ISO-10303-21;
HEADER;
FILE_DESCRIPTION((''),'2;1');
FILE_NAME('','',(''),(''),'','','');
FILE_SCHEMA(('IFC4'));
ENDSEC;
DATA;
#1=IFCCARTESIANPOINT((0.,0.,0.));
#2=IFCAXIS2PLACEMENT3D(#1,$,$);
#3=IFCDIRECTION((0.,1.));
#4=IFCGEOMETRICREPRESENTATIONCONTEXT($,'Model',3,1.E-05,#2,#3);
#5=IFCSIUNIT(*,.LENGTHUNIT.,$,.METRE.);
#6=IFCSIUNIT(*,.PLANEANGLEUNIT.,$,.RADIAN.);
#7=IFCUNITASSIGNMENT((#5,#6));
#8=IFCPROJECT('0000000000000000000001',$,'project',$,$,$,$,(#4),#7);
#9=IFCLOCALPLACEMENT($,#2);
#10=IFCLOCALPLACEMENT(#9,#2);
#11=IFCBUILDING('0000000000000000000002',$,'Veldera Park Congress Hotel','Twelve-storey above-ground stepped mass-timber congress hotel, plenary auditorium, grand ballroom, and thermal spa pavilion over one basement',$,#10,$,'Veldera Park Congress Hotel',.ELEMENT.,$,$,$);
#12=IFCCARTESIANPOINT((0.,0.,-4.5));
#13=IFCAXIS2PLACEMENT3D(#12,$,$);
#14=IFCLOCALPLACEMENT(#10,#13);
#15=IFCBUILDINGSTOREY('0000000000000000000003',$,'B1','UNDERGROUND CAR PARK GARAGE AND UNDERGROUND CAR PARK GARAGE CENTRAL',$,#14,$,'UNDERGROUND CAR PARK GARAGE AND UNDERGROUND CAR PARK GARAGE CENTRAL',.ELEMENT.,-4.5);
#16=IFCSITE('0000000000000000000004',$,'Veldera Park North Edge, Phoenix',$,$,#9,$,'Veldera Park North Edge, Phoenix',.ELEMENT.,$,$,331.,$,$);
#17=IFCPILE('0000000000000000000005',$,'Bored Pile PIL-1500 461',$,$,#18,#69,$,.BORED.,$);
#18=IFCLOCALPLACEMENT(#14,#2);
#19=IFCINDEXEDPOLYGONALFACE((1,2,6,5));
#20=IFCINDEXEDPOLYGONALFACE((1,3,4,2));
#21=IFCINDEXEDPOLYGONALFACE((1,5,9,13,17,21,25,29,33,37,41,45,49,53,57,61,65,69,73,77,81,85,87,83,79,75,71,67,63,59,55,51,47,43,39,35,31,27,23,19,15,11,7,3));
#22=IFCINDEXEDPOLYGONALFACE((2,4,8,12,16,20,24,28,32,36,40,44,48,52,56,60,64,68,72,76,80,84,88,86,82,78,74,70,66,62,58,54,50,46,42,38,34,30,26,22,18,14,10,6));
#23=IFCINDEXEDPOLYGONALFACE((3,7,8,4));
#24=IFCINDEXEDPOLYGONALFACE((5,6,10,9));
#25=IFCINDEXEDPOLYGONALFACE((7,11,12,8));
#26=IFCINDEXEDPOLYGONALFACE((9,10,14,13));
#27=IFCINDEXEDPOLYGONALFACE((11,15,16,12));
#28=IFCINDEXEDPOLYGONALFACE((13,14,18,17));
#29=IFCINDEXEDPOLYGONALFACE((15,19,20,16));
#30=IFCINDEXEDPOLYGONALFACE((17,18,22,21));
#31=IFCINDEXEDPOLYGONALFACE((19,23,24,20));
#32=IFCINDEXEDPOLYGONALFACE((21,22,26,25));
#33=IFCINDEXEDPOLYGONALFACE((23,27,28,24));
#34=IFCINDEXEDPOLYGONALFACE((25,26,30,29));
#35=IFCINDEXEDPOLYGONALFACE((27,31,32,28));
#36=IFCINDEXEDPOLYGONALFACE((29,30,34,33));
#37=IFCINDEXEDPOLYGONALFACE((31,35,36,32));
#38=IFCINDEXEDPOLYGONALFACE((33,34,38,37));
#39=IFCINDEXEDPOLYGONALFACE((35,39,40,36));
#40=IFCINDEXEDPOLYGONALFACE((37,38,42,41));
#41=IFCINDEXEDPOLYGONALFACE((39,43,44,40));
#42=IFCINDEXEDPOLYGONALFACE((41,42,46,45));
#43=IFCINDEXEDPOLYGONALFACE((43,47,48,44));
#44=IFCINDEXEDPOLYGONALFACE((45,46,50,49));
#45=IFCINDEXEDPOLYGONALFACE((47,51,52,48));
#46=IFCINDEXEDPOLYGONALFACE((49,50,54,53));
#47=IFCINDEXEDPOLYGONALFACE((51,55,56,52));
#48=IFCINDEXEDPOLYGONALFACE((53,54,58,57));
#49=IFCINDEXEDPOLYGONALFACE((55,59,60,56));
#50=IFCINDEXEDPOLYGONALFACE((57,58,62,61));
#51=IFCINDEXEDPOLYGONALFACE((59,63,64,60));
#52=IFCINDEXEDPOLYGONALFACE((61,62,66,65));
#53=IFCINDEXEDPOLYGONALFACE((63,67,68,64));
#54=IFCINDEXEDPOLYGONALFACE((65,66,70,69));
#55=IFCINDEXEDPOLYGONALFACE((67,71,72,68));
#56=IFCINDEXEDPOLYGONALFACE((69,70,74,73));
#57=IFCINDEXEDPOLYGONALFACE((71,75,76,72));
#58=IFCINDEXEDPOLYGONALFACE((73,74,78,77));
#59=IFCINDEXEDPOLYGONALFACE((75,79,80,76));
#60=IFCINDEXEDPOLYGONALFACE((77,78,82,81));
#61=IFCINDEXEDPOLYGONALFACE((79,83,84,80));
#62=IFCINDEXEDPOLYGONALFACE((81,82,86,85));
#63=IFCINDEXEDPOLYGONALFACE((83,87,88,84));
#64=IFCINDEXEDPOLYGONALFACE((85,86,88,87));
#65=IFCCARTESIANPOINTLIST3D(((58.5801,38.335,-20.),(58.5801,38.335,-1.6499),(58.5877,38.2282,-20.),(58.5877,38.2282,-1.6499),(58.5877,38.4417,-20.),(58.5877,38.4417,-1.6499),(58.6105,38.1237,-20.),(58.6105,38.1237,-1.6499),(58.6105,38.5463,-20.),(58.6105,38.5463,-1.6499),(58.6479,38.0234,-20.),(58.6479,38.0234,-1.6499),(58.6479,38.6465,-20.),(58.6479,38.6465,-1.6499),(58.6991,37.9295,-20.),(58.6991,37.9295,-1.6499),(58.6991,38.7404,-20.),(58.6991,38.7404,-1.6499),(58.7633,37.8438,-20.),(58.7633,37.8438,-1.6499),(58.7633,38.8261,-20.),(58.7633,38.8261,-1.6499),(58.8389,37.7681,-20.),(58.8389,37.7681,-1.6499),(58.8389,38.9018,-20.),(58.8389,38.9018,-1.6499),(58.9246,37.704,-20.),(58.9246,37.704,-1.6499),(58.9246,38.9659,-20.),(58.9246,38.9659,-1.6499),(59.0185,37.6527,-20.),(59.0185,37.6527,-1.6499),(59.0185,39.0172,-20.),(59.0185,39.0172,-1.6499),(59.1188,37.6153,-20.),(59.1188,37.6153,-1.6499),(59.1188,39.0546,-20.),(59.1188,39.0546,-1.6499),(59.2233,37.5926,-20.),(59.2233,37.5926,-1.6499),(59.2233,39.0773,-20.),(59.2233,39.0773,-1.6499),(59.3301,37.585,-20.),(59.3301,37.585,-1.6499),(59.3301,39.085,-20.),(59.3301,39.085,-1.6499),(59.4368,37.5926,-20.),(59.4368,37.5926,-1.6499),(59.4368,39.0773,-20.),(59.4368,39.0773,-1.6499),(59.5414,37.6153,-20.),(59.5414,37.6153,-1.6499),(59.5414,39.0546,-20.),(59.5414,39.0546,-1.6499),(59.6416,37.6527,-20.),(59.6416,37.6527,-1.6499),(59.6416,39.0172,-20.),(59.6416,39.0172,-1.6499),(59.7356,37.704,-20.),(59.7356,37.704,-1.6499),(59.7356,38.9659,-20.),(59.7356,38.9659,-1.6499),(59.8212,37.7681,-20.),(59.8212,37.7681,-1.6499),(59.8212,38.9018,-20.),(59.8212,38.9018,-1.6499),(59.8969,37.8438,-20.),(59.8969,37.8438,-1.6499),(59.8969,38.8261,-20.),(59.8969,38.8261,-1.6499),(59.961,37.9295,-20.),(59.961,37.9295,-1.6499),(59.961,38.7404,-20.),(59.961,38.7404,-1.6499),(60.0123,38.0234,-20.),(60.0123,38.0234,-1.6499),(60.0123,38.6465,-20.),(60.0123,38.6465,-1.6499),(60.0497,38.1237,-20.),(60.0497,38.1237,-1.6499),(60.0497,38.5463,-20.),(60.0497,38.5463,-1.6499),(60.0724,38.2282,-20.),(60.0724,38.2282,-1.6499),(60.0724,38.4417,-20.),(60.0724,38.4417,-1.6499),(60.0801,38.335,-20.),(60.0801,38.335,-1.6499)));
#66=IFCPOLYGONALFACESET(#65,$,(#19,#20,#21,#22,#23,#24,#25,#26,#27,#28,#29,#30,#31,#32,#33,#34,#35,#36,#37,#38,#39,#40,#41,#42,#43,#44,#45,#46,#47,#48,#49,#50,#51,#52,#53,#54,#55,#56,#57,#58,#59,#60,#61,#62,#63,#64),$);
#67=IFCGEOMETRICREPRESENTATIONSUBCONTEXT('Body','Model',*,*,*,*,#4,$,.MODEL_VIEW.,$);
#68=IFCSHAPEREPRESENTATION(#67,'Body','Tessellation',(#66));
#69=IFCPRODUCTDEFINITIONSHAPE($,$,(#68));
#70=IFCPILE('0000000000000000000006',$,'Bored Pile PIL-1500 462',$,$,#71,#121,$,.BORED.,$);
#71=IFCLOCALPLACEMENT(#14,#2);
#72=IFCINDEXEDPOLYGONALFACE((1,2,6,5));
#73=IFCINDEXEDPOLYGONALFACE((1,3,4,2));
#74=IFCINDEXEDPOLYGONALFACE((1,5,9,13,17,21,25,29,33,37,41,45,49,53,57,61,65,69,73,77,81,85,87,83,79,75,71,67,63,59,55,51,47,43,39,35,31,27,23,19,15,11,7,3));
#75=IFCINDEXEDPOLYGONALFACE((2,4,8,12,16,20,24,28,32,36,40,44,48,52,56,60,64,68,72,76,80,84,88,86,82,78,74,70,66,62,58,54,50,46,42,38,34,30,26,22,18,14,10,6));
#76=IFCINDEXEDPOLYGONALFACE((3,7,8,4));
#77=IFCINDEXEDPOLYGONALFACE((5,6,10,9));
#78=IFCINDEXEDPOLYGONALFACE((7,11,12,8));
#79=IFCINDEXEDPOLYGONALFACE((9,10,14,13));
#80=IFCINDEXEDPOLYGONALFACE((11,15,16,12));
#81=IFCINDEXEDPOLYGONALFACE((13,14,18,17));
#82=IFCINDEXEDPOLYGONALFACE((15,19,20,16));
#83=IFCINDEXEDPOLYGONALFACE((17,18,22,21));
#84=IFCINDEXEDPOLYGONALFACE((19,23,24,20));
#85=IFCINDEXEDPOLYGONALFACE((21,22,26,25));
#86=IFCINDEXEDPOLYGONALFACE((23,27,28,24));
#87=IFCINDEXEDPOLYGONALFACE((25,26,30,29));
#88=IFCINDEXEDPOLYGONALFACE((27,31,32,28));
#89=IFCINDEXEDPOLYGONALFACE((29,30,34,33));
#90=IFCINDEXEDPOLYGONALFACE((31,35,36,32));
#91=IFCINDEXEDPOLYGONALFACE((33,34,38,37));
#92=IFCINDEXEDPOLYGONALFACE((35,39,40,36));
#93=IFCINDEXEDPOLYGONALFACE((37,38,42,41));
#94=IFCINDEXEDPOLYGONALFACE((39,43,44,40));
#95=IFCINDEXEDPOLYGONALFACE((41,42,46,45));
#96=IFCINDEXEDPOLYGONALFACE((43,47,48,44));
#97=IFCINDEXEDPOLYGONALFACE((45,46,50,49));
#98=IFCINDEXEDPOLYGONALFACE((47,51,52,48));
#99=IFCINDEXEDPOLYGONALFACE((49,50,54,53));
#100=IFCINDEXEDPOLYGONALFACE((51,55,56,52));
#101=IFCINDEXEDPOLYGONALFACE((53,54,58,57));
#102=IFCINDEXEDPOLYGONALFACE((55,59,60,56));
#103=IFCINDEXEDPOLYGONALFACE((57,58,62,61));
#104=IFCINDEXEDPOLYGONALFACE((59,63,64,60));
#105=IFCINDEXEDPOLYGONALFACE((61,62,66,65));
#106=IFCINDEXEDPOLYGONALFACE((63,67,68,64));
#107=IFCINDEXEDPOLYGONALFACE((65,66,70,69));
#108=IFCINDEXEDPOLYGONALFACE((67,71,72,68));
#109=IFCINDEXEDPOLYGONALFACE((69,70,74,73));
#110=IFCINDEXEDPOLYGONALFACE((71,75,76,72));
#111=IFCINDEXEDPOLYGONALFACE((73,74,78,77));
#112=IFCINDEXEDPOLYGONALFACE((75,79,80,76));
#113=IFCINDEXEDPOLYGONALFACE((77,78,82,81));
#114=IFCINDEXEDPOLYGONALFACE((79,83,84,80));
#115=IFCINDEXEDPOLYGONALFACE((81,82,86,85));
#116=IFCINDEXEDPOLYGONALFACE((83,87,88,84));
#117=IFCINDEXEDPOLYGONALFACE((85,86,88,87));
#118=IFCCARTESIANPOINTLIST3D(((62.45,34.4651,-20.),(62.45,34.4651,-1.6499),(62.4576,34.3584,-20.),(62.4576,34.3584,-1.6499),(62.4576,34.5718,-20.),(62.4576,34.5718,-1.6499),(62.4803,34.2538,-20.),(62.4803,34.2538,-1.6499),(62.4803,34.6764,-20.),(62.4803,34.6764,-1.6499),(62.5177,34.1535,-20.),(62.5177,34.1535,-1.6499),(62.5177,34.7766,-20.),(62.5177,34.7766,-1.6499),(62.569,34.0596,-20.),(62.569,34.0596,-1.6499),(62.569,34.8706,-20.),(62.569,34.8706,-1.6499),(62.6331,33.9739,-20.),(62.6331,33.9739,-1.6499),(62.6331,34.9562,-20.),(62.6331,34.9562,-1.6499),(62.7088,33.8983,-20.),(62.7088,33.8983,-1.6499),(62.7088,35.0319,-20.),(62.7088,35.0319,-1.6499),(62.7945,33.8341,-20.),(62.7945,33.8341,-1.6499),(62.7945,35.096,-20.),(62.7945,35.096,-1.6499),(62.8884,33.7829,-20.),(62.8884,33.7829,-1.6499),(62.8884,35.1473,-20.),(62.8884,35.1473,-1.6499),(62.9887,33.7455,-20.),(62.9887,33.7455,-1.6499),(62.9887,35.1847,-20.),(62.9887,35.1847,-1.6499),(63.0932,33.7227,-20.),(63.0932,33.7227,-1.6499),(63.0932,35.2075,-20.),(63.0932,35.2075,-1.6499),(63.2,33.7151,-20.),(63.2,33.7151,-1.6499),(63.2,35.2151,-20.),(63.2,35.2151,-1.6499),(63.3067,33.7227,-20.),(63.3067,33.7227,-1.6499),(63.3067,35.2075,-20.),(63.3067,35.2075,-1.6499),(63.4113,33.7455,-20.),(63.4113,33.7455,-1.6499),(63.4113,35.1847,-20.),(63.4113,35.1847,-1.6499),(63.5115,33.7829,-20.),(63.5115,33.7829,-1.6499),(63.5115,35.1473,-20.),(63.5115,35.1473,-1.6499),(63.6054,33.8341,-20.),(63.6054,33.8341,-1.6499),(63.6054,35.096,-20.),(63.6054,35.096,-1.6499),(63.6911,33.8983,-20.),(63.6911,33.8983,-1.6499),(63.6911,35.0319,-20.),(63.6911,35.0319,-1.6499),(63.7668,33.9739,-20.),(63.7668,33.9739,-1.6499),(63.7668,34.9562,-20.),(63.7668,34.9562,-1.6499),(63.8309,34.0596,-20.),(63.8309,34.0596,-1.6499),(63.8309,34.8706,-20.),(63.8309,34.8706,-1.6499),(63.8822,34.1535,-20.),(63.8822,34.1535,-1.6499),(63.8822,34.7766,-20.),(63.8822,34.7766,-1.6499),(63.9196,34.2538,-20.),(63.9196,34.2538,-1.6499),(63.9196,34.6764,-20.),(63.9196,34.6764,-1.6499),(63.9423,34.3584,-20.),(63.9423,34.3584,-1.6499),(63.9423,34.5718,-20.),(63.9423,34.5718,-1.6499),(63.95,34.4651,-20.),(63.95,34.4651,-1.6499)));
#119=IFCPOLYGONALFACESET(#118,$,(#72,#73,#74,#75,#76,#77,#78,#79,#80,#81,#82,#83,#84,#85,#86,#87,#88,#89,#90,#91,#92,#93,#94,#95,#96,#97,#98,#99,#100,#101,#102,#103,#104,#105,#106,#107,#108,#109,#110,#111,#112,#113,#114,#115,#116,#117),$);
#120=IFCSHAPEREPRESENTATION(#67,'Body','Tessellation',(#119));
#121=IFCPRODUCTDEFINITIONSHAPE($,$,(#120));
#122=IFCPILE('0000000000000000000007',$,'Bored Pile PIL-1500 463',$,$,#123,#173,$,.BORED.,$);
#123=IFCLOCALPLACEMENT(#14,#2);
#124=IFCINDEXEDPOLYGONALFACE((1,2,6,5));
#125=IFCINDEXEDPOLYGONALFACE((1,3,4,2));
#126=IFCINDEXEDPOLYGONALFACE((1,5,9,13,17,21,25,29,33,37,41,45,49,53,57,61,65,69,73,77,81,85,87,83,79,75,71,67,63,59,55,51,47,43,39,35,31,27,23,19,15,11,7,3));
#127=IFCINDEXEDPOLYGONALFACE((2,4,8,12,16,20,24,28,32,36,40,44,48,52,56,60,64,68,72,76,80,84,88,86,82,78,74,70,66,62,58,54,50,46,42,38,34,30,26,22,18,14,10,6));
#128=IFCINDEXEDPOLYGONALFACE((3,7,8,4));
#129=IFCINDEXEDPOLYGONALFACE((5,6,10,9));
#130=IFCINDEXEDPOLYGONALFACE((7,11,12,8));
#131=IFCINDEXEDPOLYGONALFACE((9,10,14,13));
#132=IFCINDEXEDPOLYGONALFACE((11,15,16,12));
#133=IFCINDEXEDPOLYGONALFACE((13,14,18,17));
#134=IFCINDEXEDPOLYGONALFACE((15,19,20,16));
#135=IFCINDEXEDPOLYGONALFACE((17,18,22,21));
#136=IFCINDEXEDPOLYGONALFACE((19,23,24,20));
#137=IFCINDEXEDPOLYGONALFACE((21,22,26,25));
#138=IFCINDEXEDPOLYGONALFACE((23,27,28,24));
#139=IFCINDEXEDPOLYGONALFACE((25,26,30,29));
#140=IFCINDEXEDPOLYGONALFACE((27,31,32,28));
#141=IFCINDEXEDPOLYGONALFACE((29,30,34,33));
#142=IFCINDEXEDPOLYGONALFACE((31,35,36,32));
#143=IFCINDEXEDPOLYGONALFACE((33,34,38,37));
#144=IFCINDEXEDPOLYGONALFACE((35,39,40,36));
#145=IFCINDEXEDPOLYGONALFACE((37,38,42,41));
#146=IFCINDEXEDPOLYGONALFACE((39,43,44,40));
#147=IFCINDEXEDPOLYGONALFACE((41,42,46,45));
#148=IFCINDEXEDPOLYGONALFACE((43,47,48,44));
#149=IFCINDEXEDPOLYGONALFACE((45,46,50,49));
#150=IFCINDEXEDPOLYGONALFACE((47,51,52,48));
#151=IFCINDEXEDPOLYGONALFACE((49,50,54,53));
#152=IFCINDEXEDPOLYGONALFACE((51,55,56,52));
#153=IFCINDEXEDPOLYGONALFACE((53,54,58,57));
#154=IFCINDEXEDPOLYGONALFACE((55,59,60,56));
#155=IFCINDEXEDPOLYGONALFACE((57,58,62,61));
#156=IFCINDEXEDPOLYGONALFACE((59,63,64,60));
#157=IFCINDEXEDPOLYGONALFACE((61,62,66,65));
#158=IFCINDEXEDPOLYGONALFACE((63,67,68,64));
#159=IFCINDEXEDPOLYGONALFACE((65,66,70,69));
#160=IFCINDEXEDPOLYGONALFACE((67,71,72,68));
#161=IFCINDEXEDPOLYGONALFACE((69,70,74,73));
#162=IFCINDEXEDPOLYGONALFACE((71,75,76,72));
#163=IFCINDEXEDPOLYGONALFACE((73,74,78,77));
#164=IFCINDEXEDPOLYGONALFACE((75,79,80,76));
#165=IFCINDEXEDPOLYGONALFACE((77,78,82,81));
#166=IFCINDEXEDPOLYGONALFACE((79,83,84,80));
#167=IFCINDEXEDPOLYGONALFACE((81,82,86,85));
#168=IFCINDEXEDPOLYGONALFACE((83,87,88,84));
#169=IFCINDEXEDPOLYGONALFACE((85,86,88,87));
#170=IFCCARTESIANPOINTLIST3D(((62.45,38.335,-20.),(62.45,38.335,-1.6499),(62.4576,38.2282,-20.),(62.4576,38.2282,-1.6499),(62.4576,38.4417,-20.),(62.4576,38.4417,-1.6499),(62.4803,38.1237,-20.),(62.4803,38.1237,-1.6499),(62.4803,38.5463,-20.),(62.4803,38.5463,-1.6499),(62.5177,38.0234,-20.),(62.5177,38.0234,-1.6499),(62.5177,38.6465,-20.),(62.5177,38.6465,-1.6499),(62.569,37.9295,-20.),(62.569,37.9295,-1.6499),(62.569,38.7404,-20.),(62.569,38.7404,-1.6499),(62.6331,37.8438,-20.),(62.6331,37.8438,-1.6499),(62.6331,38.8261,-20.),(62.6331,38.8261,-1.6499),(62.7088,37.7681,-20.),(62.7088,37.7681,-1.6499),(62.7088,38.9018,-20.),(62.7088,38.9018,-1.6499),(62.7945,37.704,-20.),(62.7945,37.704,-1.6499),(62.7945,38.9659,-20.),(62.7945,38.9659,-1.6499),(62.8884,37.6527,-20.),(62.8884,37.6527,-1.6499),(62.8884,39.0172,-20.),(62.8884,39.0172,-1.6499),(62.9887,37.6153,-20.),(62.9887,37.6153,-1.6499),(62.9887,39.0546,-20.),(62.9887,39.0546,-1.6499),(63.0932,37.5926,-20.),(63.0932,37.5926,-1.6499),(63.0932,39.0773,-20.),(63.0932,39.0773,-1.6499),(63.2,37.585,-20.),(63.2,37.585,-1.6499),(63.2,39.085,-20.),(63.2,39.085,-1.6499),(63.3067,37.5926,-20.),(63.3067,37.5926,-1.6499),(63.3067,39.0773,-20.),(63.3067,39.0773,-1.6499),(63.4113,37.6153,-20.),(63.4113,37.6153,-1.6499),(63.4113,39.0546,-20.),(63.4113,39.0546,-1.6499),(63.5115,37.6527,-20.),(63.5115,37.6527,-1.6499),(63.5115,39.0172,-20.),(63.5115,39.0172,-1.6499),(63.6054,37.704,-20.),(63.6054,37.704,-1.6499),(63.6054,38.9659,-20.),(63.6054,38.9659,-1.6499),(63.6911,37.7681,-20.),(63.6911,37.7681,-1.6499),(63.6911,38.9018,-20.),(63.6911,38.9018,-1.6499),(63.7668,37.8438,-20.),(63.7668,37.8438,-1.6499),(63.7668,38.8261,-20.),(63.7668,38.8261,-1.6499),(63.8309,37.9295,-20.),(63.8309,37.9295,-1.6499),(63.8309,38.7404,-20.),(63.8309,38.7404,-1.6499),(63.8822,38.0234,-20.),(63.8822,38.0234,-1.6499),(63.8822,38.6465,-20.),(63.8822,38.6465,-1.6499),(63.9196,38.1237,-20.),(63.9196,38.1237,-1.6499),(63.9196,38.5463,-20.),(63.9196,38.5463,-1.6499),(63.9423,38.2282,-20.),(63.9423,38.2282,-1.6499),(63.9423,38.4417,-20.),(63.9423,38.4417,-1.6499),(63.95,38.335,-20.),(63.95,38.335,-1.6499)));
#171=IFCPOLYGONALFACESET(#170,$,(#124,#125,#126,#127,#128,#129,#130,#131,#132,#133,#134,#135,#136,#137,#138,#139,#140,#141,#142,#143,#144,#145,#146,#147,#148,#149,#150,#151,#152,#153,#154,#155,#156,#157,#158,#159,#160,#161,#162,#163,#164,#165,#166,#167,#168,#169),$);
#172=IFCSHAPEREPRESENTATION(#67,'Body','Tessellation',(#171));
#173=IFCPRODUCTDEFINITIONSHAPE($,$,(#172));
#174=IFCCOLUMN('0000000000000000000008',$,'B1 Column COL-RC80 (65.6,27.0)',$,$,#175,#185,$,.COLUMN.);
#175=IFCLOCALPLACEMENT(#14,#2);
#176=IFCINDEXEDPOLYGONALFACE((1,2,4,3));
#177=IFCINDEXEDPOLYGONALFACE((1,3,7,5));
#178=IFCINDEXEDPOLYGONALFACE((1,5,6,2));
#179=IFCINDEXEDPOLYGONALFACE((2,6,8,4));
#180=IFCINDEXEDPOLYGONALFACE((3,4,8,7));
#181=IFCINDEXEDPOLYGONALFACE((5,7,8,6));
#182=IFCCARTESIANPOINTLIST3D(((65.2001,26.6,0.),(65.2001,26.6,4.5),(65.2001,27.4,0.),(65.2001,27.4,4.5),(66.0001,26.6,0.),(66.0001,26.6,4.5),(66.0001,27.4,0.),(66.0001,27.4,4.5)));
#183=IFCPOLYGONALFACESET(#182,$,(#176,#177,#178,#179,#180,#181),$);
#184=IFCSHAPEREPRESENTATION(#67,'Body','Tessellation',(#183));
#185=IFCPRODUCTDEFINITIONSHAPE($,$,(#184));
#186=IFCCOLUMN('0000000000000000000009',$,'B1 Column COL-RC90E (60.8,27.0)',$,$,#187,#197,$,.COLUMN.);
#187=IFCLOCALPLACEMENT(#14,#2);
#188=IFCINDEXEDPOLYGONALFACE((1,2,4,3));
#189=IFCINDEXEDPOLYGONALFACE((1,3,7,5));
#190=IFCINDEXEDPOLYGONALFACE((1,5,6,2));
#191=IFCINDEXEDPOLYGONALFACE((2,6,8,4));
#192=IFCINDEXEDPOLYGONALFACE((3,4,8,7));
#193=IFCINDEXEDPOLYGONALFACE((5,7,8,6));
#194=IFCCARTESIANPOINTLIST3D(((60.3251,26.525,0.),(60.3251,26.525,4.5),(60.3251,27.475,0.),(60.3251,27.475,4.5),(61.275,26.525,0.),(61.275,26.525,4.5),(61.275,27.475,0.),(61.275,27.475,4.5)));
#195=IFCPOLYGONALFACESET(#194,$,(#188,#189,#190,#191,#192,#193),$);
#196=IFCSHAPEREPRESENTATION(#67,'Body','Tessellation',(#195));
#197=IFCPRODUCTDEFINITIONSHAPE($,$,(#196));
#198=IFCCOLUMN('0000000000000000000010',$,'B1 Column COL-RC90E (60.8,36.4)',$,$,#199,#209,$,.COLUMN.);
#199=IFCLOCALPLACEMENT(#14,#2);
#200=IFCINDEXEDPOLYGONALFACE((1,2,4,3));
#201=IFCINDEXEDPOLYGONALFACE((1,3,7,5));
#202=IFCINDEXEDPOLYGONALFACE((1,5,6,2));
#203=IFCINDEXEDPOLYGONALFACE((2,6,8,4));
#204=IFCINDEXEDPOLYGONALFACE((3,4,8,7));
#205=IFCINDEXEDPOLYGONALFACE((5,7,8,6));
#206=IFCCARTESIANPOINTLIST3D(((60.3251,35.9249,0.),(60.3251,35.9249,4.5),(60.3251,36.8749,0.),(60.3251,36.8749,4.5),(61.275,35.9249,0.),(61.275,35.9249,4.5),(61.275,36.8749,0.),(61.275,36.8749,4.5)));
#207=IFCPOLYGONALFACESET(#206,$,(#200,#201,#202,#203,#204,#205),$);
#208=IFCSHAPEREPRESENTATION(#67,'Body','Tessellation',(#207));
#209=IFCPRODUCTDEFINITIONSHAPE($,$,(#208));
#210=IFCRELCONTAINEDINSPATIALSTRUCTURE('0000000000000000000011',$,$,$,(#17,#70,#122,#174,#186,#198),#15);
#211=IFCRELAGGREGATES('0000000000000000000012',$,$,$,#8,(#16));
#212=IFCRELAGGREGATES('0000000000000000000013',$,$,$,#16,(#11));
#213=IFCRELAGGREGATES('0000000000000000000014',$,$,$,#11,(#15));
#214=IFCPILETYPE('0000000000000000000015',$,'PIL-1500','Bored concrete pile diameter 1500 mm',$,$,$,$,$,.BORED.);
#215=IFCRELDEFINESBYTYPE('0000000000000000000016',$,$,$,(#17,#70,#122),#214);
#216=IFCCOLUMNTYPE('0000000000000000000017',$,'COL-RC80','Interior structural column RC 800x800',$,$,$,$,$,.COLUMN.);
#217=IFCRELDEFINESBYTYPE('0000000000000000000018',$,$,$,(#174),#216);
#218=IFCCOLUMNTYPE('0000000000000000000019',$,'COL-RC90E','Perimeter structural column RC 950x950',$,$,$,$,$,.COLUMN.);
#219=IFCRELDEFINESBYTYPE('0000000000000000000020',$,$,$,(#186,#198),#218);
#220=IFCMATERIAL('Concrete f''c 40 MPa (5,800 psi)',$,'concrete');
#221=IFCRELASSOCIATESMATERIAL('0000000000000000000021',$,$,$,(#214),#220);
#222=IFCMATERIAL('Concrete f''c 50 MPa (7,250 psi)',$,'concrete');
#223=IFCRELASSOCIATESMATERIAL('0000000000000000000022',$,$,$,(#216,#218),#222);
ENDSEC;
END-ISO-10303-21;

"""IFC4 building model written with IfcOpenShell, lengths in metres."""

from ifc_helpers import new_model, si_unit, direction, frame, origin, origin_2d, place, context, subcontext, project, spatial, rectangle, circle, extrude, material, material_profile, profile_set, type_object, element, save


model = new_model("IFC4")

# Units and contexts
model_context = context("Model", 3, precision=1e-05, world=origin(), true_north=direction((0.0, 1.0)))
body_context = subcontext(model_context, "Body", "Model", "MODEL_VIEW")
ifc_project = project(units=[si_unit("LENGTHUNIT", "METRE"), si_unit("PLANEANGLEUNIT", "RADIAN")], contexts=[model_context])

# Site, building, storey
site_placement = place(None, origin())
site = spatial("IfcSite", under=ifc_project, at=site_placement, Name="Veldera Park North Edge, Phoenix", LongName="Veldera Park North Edge, Phoenix", CompositionType="ELEMENT", RefElevation=331.0)
building_placement = place(site_placement, origin())
building = spatial("IfcBuilding", under=site, at=building_placement, Name="Veldera Park Congress Hotel", Description="Twelve-storey above-ground stepped mass-timber congress hotel, plenary auditorium, grand ballroom, and thermal spa pavilion over one basement", LongName="Veldera Park Congress Hotel", CompositionType="ELEMENT")
storey_placement = place(building_placement, frame((0.0, 0.0, -4.5)))
storey = spatial("IfcBuildingStorey", under=building, at=storey_placement, Name="B1", Description="UNDERGROUND CAR PARK GARAGE AND UNDERGROUND CAR PARK GARAGE CENTRAL", LongName="UNDERGROUND CAR PARK GARAGE AND UNDERGROUND CAR PARK GARAGE CENTRAL", CompositionType="ELEMENT", Elevation=-4.5)

# Shared definitions
ifc_material_1 = material(Name="Concrete f'c 40 MPa (5,800 psi)", Category="concrete")

# Piles
ifc_material_profile_1 = material_profile(ifc_material_1, circle(Radius=0.75, at=origin_2d()), Name="PILE D1500")
ifc_profile_set_1 = profile_set([ifc_material_profile_1], Name="Concrete f'c 40 MPa (5,800 psi)")
pile_type = type_object("IfcPileType", Name="PIL-1500", Description="Bored concrete pile diameter 1500 mm", PredefinedType="BORED", material=ifc_profile_set_1)
for number, where, z_axis, x_axis, name in (
    (1, (59.3301, 38.335, -1.6499), (0.0, 0.0, -1.0), (1.0, 0.0, 0.0), "Bored Pile PIL-1500 461"),
    (2, (63.2, 34.4651, -1.6499), (0.0, 0.0, -1.0), (1.0, 0.0, 0.0), "Bored Pile PIL-1500 462"),
    (3, (63.2, 38.335, -1.6499), (0.0, 0.0, -1.0), (1.0, 0.0, 0.0), "Bored Pile PIL-1500 463"),
):
    element("IfcPile", number, at=place(storey_placement, frame(where, z_axis=z_axis, x_axis=x_axis)), inside=storey, type_object=pile_type, Name=name, PredefinedType="BORED", context=body_context, shape_type="SweptSolid", body=[
        extrude(circle(Radius=0.75, at=origin_2d()), origin(), (0.0, 0.0, 1.0), 18.3501),
    ])

# Columns
ifc_material_2 = material(Name="Concrete f'c 50 MPa (7,250 psi)", Category="concrete")
ifc_material_profile_2 = material_profile(ifc_material_2, rectangle(XDim=0.8, YDim=0.8, at=origin_2d()), Name="RC 800x800")
ifc_profile_set_2 = profile_set([ifc_material_profile_2], Name="Concrete f'c 50 MPa (7,250 psi)")
column_type_1 = type_object("IfcColumnType", Name="COL-RC80", Description="Interior structural column RC 800x800", PredefinedType="COLUMN", material=ifc_profile_set_2)
column_placement = place(storey_placement, frame((65.6001, 27.0, 0.0), z_axis=(0.0, 0.0, 1.0), x_axis=(1.0, 0.0, 0.0)))
element("IfcColumn", 4, at=column_placement, inside=storey, type_object=column_type_1, Name="B1 Column COL-RC80 (65.6,27.0)", PredefinedType="COLUMN", context=body_context, shape_type="SweptSolid", body=[
    extrude(rectangle(XDim=0.8, YDim=0.8, at=origin_2d()), origin(), (0.0, 0.0, 1.0), 4.5),
])
ifc_material_profile_3 = material_profile(ifc_material_2, rectangle(XDim=0.95, YDim=0.95, at=origin_2d()), Name="RC 950x950")
ifc_profile_set_3 = profile_set([ifc_material_profile_3], Name="Concrete f'c 50 MPa (7,250 psi)")
column_type_2 = type_object("IfcColumnType", Name="COL-RC90E", Description="Perimeter structural column RC 950x950", PredefinedType="COLUMN", material=ifc_profile_set_3)
for number, where, z_axis, x_axis, name in (
    (5, (60.8, 27.0, 0.0), (0.0, 0.0, 1.0), (1.0, 0.0, 0.0), "B1 Column COL-RC90E (60.8,27.0)"),
    (6, (60.8, 36.3999, 0.0), (0.0, 0.0, 1.0), (1.0, 0.0, 0.0), "B1 Column COL-RC90E (60.8,36.4)"),
):
    element("IfcColumn", number, at=place(storey_placement, frame(where, z_axis=z_axis, x_axis=x_axis)), inside=storey, type_object=column_type_2, Name=name, PredefinedType="COLUMN", context=body_context, shape_type="SweptSolid", body=[
        extrude(rectangle(XDim=0.95, YDim=0.95, at=origin_2d()), origin(), (0.0, 0.0, 1.0), 4.5),
    ])

save(model, "model.ifc")
